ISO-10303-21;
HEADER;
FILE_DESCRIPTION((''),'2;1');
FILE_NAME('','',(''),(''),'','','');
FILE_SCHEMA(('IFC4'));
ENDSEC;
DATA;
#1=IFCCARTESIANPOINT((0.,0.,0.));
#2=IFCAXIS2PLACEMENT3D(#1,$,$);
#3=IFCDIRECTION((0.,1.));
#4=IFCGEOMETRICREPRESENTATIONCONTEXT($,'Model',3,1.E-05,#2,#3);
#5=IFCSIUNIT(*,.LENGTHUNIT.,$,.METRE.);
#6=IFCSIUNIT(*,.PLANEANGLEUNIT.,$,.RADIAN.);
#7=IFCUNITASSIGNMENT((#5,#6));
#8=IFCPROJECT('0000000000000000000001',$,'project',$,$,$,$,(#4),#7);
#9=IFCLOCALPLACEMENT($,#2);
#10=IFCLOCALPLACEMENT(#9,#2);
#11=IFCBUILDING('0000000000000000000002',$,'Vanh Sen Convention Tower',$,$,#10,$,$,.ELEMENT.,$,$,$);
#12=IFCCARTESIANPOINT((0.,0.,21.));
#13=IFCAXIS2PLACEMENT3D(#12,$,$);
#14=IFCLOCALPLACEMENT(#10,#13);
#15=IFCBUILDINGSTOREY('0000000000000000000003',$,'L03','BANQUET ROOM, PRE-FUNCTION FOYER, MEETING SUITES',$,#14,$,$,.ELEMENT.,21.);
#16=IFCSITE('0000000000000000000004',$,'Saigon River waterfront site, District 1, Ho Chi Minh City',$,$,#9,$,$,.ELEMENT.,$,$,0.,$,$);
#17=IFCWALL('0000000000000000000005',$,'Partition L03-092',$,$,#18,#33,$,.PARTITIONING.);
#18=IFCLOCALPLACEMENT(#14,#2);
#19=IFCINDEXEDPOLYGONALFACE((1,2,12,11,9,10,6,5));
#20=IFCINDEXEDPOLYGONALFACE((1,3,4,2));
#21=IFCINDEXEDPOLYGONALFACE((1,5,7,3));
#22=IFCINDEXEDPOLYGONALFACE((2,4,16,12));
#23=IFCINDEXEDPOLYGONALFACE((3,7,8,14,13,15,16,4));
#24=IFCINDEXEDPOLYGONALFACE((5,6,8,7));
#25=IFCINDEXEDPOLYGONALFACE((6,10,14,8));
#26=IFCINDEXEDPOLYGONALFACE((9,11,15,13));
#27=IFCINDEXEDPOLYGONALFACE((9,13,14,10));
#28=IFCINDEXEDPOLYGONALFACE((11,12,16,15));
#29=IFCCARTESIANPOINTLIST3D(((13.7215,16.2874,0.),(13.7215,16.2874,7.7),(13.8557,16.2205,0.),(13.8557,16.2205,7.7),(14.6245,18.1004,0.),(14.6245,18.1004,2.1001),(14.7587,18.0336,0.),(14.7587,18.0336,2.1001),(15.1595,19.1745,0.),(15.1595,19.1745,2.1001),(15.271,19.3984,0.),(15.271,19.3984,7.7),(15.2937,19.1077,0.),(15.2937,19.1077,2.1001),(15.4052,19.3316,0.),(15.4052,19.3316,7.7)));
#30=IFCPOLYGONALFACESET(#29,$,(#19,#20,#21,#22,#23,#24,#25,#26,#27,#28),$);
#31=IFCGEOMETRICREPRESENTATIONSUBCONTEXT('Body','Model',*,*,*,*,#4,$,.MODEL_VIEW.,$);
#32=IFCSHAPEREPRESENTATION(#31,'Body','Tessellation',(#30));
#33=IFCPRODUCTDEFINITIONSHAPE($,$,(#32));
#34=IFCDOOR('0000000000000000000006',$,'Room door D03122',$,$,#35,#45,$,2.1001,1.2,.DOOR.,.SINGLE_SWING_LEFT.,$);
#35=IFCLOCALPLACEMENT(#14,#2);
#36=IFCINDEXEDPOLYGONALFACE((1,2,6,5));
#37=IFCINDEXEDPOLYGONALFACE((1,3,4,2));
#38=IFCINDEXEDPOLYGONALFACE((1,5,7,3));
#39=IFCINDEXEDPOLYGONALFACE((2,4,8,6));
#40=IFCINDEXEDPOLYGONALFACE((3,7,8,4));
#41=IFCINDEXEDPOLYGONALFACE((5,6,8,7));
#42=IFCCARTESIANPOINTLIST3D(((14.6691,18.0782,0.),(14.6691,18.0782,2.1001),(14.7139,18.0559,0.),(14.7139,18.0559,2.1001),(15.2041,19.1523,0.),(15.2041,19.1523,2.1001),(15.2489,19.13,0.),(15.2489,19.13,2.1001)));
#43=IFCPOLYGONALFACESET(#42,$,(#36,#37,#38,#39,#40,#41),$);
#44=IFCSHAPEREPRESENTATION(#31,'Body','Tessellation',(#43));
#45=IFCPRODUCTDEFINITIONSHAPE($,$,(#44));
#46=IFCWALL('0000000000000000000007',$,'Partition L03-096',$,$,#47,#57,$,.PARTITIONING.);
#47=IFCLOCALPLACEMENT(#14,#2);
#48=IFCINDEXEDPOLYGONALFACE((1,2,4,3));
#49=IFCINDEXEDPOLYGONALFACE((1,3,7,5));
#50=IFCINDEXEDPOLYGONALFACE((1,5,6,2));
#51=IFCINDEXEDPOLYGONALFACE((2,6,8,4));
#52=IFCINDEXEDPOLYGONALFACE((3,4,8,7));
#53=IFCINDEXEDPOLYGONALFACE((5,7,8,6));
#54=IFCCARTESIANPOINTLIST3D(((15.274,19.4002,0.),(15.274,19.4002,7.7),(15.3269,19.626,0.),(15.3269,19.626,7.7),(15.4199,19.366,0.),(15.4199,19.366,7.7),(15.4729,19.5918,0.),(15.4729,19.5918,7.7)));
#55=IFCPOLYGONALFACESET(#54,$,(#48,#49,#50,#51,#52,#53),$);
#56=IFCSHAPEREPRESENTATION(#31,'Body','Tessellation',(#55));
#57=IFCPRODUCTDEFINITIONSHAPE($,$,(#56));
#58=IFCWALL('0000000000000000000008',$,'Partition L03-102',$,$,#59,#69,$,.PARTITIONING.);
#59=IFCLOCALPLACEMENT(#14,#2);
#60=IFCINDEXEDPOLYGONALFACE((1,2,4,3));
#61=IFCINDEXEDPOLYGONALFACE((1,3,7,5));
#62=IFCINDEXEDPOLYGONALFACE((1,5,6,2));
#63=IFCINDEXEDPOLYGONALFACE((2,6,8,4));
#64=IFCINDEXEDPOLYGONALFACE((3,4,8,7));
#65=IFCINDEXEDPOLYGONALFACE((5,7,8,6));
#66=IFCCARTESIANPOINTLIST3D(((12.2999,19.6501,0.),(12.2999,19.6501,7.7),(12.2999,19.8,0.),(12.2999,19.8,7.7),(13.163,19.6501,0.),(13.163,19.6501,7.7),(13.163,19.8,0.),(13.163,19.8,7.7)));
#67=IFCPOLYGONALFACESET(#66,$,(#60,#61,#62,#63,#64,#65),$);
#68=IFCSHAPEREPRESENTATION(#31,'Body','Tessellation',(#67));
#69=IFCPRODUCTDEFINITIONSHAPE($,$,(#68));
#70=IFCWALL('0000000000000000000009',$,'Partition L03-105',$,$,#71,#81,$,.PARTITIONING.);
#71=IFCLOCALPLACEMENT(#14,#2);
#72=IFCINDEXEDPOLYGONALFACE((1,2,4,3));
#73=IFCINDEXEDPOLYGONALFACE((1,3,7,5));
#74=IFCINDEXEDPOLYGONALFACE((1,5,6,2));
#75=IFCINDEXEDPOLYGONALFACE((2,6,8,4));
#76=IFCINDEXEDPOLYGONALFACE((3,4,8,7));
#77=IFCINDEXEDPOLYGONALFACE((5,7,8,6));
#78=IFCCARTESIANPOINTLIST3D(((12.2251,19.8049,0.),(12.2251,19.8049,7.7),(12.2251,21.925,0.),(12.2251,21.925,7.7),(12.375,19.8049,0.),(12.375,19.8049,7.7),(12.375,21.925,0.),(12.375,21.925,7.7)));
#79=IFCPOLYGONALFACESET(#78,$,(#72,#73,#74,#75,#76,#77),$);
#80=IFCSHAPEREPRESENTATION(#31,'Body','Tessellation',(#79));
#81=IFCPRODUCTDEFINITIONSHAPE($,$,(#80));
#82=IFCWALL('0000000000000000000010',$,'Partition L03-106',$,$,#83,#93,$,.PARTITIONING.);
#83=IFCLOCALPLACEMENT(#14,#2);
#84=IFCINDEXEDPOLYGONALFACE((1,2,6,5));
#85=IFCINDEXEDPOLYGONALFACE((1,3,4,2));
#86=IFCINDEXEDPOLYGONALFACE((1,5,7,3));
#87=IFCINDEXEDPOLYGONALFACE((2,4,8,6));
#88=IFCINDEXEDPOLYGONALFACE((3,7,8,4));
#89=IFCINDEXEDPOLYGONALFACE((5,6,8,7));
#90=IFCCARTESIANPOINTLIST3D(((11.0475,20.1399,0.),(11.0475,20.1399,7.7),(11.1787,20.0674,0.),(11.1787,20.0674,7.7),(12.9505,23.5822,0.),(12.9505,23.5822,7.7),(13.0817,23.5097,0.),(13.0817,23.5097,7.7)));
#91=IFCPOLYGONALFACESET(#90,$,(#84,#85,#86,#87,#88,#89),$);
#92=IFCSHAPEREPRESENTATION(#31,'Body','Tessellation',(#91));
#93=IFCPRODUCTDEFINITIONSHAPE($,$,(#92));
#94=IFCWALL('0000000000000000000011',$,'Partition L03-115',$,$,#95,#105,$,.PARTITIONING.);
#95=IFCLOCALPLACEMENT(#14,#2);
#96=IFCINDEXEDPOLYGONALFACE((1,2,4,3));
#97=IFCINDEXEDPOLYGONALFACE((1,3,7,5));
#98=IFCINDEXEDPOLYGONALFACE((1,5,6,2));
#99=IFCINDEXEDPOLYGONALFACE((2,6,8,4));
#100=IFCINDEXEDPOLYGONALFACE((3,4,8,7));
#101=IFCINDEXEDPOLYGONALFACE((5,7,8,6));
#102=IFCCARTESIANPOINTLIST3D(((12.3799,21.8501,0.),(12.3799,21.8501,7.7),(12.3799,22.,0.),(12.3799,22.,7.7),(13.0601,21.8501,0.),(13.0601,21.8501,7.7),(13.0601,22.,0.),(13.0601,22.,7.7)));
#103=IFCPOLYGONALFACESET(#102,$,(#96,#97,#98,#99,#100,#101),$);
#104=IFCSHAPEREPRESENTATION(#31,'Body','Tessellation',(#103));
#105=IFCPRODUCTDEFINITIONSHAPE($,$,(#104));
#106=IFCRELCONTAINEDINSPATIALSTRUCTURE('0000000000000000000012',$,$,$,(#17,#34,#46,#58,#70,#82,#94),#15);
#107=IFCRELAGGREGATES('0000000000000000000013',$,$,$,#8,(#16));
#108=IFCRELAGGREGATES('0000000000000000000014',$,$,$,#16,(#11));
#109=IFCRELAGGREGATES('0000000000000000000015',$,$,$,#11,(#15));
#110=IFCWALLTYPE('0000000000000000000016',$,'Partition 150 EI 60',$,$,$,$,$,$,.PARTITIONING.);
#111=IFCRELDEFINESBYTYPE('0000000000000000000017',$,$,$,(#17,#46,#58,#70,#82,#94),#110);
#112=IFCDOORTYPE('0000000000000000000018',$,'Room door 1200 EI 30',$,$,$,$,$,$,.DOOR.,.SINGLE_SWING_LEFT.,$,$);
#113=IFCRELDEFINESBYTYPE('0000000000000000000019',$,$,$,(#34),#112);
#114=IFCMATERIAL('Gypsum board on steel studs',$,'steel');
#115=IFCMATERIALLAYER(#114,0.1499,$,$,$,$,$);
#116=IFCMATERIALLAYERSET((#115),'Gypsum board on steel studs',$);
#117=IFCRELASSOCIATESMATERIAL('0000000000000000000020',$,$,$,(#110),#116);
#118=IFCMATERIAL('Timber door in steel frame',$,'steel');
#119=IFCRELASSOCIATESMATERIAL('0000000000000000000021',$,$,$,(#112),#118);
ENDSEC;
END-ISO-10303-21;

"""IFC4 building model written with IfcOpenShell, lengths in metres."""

from ifc_helpers import new_model, si_unit, direction, frame, frame_2d, origin, place, context, subcontext, project, spatial, rectangle, extrude, material, layer, layer_set, type_object, element, fill, save


model = new_model("IFC4")

# Units and contexts
model_context = context("Model", 3, precision=1e-05, world=origin(), true_north=direction((0.0, 1.0)))
body_context = subcontext(model_context, "Body", "Model", "MODEL_VIEW")
ifc_project = project(units=[si_unit("LENGTHUNIT", "METRE"), si_unit("PLANEANGLEUNIT", "RADIAN")], contexts=[model_context])

# Site, building, storey
site_placement = place(None, origin())
site = spatial("IfcSite", under=ifc_project, at=site_placement, Name="Saigon River waterfront site, District 1, Ho Chi Minh City", CompositionType="ELEMENT", RefElevation=0.0)
building_placement = place(site_placement, origin())
building = spatial("IfcBuilding", under=site, at=building_placement, Name="Vanh Sen Convention Tower", CompositionType="ELEMENT")
storey_placement = place(building_placement, frame((0.0, 0.0, 21.0)))
storey = spatial("IfcBuildingStorey", under=building, at=storey_placement, Name="L03", Description="BANQUET ROOM, PRE-FUNCTION FOYER, MEETING SUITES", CompositionType="ELEMENT", Elevation=21.0)

# Shared definitions
ifc_material_1 = material(Name="Gypsum board on steel studs", Category="steel")
ifc_layer_1 = layer(ifc_material_1, 0.1499)
ifc_layer_set_1 = layer_set([ifc_layer_1], Name="Gypsum board on steel studs")
wall_type_1 = type_object("IfcWallType", Name="Partition 150 EI 60", PredefinedType="PARTITIONING", material=ifc_layer_set_1)
ifc_material_2 = material(Name="Timber door in steel frame", Category="steel")
door_type = type_object("IfcDoorType", Name="Room door 1200 EI 30", OperationType="SINGLE_SWING_LEFT", PredefinedType="DOOR", material=ifc_material_2)

# Wall, opening, door
wall_1_placement = place(storey_placement, frame((15.3381, 19.365, 0.0), z_axis=(0.0, 0.0, 1.0), x_axis=(-0.445836, -0.895115, 0.0)))
wall_1 = element("IfcWall", 1, at=wall_1_placement, inside=storey, type_object=wall_type_1, Name="Partition L03-092", PredefinedType="PARTITIONING", context=body_context, shape_type="SweptSolid", body=[
    extrude(rectangle(XDim=3.4756, YDim=0.1499, at=frame_2d((1.7378, 0.0))), origin(), (0.0, 0.0, 1.0), 7.7),
])
opening_1_placement = place(wall_1_placement, frame((0.25, 0.0, 0.0)))
opening_1 = element("IfcOpeningElement", 2, at=opening_1_placement, cuts=wall_1, PredefinedType="OPENING", context=body_context, shape_type="SweptSolid", body=[
    extrude(rectangle(XDim=1.2, YDim=2.1001, at=frame_2d((0.6001, 1.05))), frame((0.0, 0.085, 0.0), z_axis=(0.0, -1.0, 0.0), x_axis=(1.0, 0.0, 0.0)), (0.0, 0.0, 1.0), 0.1699),
])
door_1_placement = place(opening_1_placement, origin())
door_1 = element("IfcDoor", 3, at=door_1_placement, inside=storey, type_object=door_type, Name="Room door D03122", OperationType="SINGLE_SWING_LEFT", OverallHeight=2.1001, OverallWidth=1.2, PredefinedType="DOOR", context=body_context, shape_type="SweptSolid", body=[
    extrude(rectangle(XDim=1.2, YDim=2.1001, at=frame_2d((0.6001, 1.05))), frame((0.0, 0.0249, 0.0), z_axis=(0.0, -1.0, 0.0), x_axis=(1.0, 0.0, 0.0)), (0.0, 0.0, 1.0), 0.05),
])
fill(opening_1, door_1)

# Walls
wall_2_placement = place(storey_placement, frame((15.3999, 19.6089, 0.0), z_axis=(0.0, 0.0, 1.0), x_axis=(-0.228394, -0.973569, 0.0)))
element("IfcWall", 4, at=wall_2_placement, inside=storey, type_object=wall_type_1, Name="Partition L03-096", PredefinedType="PARTITIONING", context=body_context, shape_type="SweptSolid", body=[
    extrude(rectangle(XDim=0.2319, YDim=0.1499, at=frame_2d((0.116, 0.0))), origin(), (0.0, 0.0, 1.0), 7.7),
])
wall_3_placement = place(storey_placement, frame((13.1631, 19.7251, 0.0), z_axis=(0.0, 0.0, 1.0), x_axis=(-1.0, 0.0, 0.0)))
element("IfcWall", 5, at=wall_3_placement, inside=storey, type_object=wall_type_1, Name="Partition L03-102", PredefinedType="PARTITIONING", context=body_context, shape_type="SweptSolid", body=[
    extrude(rectangle(XDim=0.863, YDim=0.1499, at=frame_2d((0.4316, 0.0))), origin(), (0.0, 0.0, 1.0), 7.7),
])
wall_4_placement = place(storey_placement, frame((12.3, 19.8049, 0.0), z_axis=(0.0, 0.0, 1.0), x_axis=(0.0, 1.0, 0.0)))
element("IfcWall", 6, at=wall_4_placement, inside=storey, type_object=wall_type_1, Name="Partition L03-105", PredefinedType="PARTITIONING", context=body_context, shape_type="SweptSolid", body=[
    extrude(rectangle(XDim=2.1201, YDim=0.1499, at=frame_2d((1.0601, 0.0))), origin(), (0.0, 0.0, 1.0), 7.7),
])
wall_5_placement = place(storey_placement, frame((11.113, 20.1035, 0.0), z_axis=(0.0, 0.0, 1.0), x_axis=(0.483824, 0.875165, 0.0)))
element("IfcWall", 7, at=wall_5_placement, inside=storey, type_object=wall_type_1, Name="Partition L03-106", PredefinedType="PARTITIONING", context=body_context, shape_type="SweptSolid", body=[
    extrude(rectangle(XDim=3.9333, YDim=0.1499, at=frame_2d((1.9668, 0.0))), origin(), (0.0, 0.0, 1.0), 7.7),
])
wall_6_placement = place(storey_placement, frame((12.3799, 21.925, 0.0), z_axis=(0.0, 0.0, 1.0), x_axis=(1.0, 0.0, 0.0)))
element("IfcWall", 8, at=wall_6_placement, inside=storey, type_object=wall_type_1, Name="Partition L03-115", PredefinedType="PARTITIONING", context=body_context, shape_type="SweptSolid", body=[
    extrude(rectangle(XDim=0.6802, YDim=0.1499, at=frame_2d((0.3401, 0.0))), origin(), (0.0, 0.0, 1.0), 7.7),
])

save(model, "model.ifc")
